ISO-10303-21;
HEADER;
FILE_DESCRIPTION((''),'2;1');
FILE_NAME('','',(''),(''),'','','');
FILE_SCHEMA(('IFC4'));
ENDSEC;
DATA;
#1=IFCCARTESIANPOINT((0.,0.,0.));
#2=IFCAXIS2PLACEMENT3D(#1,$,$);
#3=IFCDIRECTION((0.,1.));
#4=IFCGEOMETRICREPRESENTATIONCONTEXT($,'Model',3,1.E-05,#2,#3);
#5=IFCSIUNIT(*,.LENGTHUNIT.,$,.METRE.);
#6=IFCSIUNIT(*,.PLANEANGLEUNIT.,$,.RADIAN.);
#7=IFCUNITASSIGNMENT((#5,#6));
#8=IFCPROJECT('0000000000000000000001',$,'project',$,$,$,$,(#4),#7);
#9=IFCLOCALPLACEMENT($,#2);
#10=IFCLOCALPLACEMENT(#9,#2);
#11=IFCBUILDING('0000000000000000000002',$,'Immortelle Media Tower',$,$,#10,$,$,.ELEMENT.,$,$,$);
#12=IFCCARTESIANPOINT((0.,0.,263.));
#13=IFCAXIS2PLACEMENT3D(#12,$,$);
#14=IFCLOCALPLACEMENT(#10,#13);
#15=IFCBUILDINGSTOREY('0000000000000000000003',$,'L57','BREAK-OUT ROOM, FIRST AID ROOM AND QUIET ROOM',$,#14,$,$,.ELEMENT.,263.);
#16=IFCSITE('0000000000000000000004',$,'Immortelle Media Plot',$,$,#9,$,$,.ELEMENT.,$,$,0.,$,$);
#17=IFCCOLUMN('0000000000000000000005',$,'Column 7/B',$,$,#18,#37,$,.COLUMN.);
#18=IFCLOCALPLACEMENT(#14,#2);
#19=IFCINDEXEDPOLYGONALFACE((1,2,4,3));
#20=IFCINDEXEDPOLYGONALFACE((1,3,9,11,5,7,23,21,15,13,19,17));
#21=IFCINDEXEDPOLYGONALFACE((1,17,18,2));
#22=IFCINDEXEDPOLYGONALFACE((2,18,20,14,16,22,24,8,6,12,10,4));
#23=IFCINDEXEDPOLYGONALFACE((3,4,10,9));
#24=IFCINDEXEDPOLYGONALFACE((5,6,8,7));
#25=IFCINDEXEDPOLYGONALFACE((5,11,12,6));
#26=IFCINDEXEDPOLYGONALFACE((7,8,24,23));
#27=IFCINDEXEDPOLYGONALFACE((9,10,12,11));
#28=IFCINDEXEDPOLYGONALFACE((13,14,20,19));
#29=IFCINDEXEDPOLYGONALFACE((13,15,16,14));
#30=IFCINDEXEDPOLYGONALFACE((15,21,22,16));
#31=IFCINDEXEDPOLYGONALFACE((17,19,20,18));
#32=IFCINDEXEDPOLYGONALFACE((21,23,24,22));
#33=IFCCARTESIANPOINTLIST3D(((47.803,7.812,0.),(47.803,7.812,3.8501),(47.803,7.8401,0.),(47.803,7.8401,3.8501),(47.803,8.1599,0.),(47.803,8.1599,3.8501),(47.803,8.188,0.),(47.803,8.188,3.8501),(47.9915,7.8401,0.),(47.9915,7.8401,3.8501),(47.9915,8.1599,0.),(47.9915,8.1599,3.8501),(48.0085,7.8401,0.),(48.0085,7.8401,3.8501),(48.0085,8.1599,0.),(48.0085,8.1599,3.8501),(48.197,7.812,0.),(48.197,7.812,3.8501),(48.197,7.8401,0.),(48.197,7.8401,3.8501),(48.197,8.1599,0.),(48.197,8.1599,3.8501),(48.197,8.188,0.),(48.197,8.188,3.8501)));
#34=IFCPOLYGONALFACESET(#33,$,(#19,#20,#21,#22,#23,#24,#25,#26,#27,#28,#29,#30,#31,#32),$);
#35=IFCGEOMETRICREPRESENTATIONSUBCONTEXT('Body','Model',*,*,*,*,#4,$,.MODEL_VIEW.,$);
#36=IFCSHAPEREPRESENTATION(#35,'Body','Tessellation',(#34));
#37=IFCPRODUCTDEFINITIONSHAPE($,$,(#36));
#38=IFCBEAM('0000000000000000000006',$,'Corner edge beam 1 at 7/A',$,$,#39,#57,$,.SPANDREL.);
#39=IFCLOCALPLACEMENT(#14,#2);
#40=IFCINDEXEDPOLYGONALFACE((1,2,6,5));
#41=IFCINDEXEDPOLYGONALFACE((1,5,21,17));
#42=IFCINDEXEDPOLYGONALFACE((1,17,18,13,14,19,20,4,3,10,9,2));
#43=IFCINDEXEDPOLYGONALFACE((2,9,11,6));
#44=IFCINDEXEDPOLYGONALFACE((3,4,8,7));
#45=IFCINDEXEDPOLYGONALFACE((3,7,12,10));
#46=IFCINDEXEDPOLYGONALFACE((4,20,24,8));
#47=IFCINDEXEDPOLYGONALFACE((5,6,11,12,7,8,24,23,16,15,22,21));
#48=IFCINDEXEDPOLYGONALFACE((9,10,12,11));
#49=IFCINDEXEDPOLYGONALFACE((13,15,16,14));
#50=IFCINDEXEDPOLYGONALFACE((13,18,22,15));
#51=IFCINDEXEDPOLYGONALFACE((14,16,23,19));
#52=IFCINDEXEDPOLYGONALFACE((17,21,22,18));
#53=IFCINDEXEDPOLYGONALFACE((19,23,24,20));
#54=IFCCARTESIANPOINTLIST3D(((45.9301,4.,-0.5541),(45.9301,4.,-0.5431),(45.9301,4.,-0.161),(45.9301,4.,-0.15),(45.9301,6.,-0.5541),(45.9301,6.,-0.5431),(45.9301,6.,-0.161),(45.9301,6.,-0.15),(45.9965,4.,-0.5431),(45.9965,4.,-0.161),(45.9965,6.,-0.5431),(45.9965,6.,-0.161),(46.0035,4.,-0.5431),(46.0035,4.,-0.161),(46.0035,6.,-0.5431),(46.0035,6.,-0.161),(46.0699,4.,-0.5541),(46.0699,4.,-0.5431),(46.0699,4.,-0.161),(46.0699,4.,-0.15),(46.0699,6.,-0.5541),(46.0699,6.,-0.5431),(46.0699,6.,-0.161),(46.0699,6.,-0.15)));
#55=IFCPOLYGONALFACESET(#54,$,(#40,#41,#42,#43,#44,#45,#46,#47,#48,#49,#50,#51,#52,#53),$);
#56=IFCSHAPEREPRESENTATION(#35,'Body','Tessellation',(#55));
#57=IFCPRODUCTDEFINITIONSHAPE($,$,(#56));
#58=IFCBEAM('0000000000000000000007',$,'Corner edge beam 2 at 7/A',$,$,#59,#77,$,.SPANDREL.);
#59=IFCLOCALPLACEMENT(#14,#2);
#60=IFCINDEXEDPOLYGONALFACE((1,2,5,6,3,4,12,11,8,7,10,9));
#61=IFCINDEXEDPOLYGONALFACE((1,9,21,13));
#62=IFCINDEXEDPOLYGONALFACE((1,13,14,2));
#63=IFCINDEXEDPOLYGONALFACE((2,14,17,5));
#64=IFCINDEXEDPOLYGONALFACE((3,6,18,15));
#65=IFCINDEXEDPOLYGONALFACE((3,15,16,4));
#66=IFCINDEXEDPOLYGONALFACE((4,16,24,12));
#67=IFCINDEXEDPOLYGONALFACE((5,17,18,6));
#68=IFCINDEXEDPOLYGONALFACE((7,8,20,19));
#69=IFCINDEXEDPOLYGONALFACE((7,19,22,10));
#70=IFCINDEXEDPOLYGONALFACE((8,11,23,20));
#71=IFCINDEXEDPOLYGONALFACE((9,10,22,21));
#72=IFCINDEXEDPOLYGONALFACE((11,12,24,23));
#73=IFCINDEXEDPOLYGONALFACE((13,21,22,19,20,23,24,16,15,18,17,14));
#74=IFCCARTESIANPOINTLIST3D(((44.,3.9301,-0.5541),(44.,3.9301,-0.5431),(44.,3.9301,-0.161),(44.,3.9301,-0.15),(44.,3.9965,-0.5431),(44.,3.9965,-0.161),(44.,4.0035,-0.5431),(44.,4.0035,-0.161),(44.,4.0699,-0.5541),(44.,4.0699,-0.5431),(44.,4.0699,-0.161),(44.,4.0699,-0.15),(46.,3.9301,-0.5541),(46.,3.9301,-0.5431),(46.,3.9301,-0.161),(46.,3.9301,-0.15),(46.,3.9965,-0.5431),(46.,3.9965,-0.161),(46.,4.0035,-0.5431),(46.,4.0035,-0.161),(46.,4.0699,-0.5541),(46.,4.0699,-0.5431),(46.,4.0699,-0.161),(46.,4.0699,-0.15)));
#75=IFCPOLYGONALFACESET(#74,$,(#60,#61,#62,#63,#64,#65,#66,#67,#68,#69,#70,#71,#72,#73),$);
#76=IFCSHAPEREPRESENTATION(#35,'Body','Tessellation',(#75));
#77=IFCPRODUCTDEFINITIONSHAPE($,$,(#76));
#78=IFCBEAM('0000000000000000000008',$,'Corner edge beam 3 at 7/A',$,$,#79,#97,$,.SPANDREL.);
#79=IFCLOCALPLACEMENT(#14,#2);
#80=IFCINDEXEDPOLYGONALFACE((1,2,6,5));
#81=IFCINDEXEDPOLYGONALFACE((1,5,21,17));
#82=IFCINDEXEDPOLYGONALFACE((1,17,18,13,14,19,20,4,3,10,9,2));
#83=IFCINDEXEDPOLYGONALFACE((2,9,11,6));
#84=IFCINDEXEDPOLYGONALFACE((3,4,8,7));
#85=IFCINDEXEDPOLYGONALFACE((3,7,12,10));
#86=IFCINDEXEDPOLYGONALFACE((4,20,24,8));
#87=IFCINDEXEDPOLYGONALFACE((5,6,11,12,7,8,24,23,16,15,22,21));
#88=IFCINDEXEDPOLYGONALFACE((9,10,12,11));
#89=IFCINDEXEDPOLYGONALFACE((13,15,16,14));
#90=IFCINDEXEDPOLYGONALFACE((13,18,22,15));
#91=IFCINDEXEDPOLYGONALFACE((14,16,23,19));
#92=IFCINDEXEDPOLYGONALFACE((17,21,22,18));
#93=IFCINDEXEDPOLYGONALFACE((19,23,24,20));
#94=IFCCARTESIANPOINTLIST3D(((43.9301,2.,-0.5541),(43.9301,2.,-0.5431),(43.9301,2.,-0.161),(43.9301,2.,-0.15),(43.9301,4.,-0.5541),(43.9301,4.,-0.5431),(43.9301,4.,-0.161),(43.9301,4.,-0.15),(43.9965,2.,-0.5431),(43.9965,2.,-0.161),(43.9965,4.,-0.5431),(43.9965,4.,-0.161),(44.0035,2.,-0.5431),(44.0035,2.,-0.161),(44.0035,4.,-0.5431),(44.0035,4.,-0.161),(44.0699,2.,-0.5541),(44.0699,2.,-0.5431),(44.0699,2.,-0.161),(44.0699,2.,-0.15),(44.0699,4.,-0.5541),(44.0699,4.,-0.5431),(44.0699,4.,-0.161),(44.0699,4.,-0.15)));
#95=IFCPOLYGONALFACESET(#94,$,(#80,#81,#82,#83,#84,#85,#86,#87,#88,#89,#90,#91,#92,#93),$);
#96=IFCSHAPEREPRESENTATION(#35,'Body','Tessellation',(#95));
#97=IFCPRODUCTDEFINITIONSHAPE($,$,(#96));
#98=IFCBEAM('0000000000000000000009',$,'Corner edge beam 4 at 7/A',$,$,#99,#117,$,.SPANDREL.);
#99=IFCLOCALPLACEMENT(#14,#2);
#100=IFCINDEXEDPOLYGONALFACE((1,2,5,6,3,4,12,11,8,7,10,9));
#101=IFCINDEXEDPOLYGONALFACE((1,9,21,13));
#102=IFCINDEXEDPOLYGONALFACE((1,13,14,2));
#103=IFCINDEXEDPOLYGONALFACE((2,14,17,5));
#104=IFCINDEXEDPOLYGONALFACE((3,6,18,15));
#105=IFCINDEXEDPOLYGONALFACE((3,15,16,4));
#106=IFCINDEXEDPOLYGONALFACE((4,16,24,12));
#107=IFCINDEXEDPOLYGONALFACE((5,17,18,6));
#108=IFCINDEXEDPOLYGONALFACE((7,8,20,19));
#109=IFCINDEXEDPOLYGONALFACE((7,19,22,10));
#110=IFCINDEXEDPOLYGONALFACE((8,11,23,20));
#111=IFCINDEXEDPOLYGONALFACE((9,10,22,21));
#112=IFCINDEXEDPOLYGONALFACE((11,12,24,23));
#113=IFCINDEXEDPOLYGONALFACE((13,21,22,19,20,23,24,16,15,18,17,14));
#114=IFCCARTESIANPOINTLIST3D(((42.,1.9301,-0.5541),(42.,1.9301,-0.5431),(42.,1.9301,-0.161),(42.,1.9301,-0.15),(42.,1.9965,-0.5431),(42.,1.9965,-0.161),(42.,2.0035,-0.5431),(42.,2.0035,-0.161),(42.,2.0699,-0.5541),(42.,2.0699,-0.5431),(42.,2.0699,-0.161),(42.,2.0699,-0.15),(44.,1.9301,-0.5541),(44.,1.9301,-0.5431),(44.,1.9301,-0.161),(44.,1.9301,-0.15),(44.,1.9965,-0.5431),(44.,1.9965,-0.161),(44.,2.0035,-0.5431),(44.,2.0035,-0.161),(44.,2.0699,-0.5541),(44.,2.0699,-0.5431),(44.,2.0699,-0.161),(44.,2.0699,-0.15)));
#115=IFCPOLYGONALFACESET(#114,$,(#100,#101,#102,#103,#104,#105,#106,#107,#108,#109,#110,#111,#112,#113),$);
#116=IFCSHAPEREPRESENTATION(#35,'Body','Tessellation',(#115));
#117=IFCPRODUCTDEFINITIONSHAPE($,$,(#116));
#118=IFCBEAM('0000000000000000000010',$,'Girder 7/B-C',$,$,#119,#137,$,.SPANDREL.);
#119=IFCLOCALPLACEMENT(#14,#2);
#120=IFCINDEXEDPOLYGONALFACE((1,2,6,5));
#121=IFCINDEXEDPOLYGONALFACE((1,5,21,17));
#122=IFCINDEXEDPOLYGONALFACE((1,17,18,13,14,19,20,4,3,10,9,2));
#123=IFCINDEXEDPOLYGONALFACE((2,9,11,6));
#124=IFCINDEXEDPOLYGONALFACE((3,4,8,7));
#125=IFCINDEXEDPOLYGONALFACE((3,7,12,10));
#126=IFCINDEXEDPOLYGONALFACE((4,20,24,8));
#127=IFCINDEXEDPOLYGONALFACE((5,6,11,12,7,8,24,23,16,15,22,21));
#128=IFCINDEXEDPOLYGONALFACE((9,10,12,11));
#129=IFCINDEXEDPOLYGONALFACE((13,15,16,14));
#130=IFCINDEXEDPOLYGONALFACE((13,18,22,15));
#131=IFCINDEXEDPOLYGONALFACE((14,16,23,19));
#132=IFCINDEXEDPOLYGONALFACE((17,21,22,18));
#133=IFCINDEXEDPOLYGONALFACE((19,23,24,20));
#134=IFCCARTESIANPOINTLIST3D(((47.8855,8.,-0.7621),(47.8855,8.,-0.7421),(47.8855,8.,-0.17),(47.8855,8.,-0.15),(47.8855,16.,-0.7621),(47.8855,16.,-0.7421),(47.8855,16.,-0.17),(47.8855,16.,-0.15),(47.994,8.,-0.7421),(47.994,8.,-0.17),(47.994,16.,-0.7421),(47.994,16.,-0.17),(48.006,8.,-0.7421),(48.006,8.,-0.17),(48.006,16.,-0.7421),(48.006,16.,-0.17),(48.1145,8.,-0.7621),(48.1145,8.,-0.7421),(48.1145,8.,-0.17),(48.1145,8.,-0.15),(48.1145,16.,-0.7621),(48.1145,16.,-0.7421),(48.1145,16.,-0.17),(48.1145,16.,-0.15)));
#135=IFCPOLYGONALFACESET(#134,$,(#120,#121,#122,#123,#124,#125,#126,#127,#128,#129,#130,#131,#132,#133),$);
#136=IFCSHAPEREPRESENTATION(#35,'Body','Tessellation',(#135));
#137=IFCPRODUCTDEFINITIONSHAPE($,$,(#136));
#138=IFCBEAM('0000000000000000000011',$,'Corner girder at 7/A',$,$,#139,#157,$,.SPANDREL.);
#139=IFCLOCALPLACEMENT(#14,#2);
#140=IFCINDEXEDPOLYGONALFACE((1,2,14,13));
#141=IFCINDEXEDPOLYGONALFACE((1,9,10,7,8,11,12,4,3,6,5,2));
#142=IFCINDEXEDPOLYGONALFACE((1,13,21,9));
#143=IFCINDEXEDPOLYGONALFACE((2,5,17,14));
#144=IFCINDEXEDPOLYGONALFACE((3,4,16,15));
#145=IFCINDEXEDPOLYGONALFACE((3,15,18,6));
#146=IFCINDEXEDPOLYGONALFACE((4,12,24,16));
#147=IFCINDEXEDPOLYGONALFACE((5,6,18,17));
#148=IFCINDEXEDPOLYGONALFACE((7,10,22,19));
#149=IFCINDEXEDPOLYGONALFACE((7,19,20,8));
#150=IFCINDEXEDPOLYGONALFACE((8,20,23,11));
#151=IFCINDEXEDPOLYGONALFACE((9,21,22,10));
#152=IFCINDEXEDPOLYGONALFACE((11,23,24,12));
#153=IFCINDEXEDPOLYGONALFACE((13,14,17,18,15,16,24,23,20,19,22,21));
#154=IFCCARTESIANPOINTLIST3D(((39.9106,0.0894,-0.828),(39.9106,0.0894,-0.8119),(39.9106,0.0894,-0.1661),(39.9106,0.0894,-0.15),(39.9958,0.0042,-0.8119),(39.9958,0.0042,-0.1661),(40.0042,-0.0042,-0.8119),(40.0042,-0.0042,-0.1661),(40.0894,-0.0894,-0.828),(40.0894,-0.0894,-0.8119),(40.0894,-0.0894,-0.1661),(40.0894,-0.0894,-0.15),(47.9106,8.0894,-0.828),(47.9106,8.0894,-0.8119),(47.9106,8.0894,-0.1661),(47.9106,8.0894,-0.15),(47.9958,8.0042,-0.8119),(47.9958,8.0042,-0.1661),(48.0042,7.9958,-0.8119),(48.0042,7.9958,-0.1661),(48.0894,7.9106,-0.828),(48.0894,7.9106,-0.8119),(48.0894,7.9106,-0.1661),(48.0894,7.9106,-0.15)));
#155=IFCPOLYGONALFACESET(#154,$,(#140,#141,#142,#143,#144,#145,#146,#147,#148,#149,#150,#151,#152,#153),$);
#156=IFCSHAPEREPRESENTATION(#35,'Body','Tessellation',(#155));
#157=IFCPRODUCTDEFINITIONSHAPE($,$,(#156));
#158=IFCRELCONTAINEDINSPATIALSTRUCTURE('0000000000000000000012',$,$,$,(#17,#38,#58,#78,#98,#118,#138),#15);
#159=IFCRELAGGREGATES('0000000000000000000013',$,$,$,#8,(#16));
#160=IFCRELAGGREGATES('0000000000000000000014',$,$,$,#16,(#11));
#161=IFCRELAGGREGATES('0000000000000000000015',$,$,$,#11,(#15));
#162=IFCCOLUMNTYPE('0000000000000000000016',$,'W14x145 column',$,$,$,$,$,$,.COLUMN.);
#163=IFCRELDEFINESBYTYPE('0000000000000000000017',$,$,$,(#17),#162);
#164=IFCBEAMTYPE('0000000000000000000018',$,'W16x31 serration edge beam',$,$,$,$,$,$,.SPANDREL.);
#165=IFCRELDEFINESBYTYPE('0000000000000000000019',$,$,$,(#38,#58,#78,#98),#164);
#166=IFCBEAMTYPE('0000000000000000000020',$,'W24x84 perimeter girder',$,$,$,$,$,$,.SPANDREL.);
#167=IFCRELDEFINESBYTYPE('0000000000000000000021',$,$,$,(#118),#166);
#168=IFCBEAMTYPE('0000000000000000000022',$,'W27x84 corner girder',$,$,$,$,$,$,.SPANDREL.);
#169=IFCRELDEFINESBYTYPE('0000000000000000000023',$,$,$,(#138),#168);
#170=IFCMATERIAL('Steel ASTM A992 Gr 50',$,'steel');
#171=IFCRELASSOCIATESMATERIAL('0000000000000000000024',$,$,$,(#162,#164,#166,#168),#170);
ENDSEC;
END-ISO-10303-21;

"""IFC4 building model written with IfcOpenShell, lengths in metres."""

from ifc_helpers import new_model, si_unit, direction, frame, origin, origin_2d, place, context, subcontext, project, spatial, i_section, extrude, material, material_profile, profile_set, type_object, element, save


model = new_model("IFC4")

# Units and contexts
model_context = context("Model", 3, precision=1e-05, world=origin(), true_north=direction((0.0, 1.0)))
body_context = subcontext(model_context, "Body", "Model", "MODEL_VIEW")
ifc_project = project(units=[si_unit("LENGTHUNIT", "METRE"), si_unit("PLANEANGLEUNIT", "RADIAN")], contexts=[model_context])

# Site, building, storey
site_placement = place(None, origin())
site = spatial("IfcSite", under=ifc_project, at=site_placement, Name="Immortelle Media Plot", CompositionType="ELEMENT", RefElevation=0.0)
building_placement = place(site_placement, origin())
building = spatial("IfcBuilding", under=site, at=building_placement, Name="Immortelle Media Tower", CompositionType="ELEMENT")
storey_placement = place(building_placement, frame((0.0, 0.0, 263.0)))
storey = spatial("IfcBuildingStorey", under=building, at=storey_placement, Name="L57", Description="BREAK-OUT ROOM, FIRST AID ROOM AND QUIET ROOM", CompositionType="ELEMENT", Elevation=263.0)

# Column
ifc_material_1 = material(Name="Steel ASTM A992 Gr 50", Category="steel")
ifc_material_profile_1 = material_profile(ifc_material_1, i_section(OverallWidth=0.394, OverallDepth=0.376, WebThickness=0.0171, FlangeThickness=0.0281, at=origin_2d()), Name="W14x145")
ifc_profile_set_1 = profile_set([ifc_material_profile_1], Name="Steel ASTM A992 Gr 50")
column_type = type_object("IfcColumnType", Name="W14x145 column", PredefinedType="COLUMN", material=ifc_profile_set_1)
column_placement = place(storey_placement, frame((48.0, 8.0, 0.0), z_axis=(0.0, 0.0, 1.0), x_axis=(1.0, 0.0, 0.0)))
element("IfcColumn", 1, at=column_placement, inside=storey, type_object=column_type, Name="Column 7/B", PredefinedType="COLUMN", context=body_context, shape_type="SweptSolid", body=[
    extrude(i_section(OverallWidth=0.394, OverallDepth=0.376, WebThickness=0.0171, FlangeThickness=0.0281, at=origin_2d()), origin(), (0.0, 0.0, 1.0), 3.8501),
])

# Beams
ifc_material_profile_2 = material_profile(ifc_material_1, i_section(OverallWidth=0.1399, OverallDepth=0.4041, WebThickness=0.0071, FlangeThickness=0.011, at=origin_2d()), Name="W16x31")
ifc_profile_set_2 = profile_set([ifc_material_profile_2], Name="Steel ASTM A992 Gr 50")
beam_type_1 = type_object("IfcBeamType", Name="W16x31 serration edge beam", PredefinedType="SPANDREL", material=ifc_profile_set_2)
for number, where, z_axis, x_axis, name in (
    (2, (46.0, 6.0, -0.3521), (0.0, -1.0, 0.0), (1.0, 0.0, 0.0), "Corner edge beam 1 at 7/A"),
    (3, (46.0, 4.0, -0.3521), (-1.0, 0.0, 0.0), (0.0, -1.0, 0.0), "Corner edge beam 2 at 7/A"),
    (4, (44.0, 4.0, -0.3521), (0.0, -1.0, 0.0), (1.0, 0.0, 0.0), "Corner edge beam 3 at 7/A"),
    (5, (44.0, 2.0, -0.3521), (-1.0, 0.0, 0.0), (0.0, -1.0, 0.0), "Corner edge beam 4 at 7/A"),
):
    element("IfcBeam", number, at=place(storey_placement, frame(where, z_axis=z_axis, x_axis=x_axis)), inside=storey, type_object=beam_type_1, Name=name, PredefinedType="SPANDREL", context=body_context, shape_type="SweptSolid", body=[
        extrude(i_section(OverallWidth=0.1399, OverallDepth=0.4041, WebThickness=0.0071, FlangeThickness=0.011, at=origin_2d()), origin(), (0.0, 0.0, 1.0), 2.0),
    ])
ifc_material_profile_3 = material_profile(ifc_material_1, i_section(OverallWidth=0.229, OverallDepth=0.6121, WebThickness=0.012, FlangeThickness=0.02, at=origin_2d()), Name="W24x84")
ifc_profile_set_3 = profile_set([ifc_material_profile_3], Name="Steel ASTM A992 Gr 50")
beam_type_2 = type_object("IfcBeamType", Name="W24x84 perimeter girder", PredefinedType="SPANDREL", material=ifc_profile_set_3)
beam_1_placement = place(storey_placement, frame((48.0, 8.0, -0.4561), z_axis=(0.0, 1.0, 0.0), x_axis=(-1.0, 0.0, 0.0)))
element("IfcBeam", 6, at=beam_1_placement, inside=storey, type_object=beam_type_2, Name="Girder 7/B-C", PredefinedType="SPANDREL", context=body_context, shape_type="SweptSolid", body=[
    extrude(i_section(OverallWidth=0.229, OverallDepth=0.6121, WebThickness=0.012, FlangeThickness=0.02, at=origin_2d()), origin(), (0.0, 0.0, 1.0), 8.0),
])
ifc_material_profile_4 = material_profile(ifc_material_1, i_section(OverallWidth=0.2529, OverallDepth=0.678, WebThickness=0.012, FlangeThickness=0.0161, at=origin_2d()), Name="W27x84")
ifc_profile_set_4 = profile_set([ifc_material_profile_4], Name="Steel ASTM A992 Gr 50")
beam_type_3 = type_object("IfcBeamType", Name="W27x84 corner girder", PredefinedType="SPANDREL", material=ifc_profile_set_4)
beam_2_placement = place(storey_placement, frame((48.0, 8.0, -0.489), z_axis=(-0.707107, -0.707107, 0.0), x_axis=(0.707107, -0.707107, 0.0)))
element("IfcBeam", 7, at=beam_2_placement, inside=storey, type_object=beam_type_3, Name="Corner girder at 7/A", PredefinedType="SPANDREL", context=body_context, shape_type="SweptSolid", body=[
    extrude(i_section(OverallWidth=0.2529, OverallDepth=0.678, WebThickness=0.012, FlangeThickness=0.0161, at=origin_2d()), origin(), (0.0, 0.0, 1.0), 11.3137),
])

save(model, "model.ifc")
